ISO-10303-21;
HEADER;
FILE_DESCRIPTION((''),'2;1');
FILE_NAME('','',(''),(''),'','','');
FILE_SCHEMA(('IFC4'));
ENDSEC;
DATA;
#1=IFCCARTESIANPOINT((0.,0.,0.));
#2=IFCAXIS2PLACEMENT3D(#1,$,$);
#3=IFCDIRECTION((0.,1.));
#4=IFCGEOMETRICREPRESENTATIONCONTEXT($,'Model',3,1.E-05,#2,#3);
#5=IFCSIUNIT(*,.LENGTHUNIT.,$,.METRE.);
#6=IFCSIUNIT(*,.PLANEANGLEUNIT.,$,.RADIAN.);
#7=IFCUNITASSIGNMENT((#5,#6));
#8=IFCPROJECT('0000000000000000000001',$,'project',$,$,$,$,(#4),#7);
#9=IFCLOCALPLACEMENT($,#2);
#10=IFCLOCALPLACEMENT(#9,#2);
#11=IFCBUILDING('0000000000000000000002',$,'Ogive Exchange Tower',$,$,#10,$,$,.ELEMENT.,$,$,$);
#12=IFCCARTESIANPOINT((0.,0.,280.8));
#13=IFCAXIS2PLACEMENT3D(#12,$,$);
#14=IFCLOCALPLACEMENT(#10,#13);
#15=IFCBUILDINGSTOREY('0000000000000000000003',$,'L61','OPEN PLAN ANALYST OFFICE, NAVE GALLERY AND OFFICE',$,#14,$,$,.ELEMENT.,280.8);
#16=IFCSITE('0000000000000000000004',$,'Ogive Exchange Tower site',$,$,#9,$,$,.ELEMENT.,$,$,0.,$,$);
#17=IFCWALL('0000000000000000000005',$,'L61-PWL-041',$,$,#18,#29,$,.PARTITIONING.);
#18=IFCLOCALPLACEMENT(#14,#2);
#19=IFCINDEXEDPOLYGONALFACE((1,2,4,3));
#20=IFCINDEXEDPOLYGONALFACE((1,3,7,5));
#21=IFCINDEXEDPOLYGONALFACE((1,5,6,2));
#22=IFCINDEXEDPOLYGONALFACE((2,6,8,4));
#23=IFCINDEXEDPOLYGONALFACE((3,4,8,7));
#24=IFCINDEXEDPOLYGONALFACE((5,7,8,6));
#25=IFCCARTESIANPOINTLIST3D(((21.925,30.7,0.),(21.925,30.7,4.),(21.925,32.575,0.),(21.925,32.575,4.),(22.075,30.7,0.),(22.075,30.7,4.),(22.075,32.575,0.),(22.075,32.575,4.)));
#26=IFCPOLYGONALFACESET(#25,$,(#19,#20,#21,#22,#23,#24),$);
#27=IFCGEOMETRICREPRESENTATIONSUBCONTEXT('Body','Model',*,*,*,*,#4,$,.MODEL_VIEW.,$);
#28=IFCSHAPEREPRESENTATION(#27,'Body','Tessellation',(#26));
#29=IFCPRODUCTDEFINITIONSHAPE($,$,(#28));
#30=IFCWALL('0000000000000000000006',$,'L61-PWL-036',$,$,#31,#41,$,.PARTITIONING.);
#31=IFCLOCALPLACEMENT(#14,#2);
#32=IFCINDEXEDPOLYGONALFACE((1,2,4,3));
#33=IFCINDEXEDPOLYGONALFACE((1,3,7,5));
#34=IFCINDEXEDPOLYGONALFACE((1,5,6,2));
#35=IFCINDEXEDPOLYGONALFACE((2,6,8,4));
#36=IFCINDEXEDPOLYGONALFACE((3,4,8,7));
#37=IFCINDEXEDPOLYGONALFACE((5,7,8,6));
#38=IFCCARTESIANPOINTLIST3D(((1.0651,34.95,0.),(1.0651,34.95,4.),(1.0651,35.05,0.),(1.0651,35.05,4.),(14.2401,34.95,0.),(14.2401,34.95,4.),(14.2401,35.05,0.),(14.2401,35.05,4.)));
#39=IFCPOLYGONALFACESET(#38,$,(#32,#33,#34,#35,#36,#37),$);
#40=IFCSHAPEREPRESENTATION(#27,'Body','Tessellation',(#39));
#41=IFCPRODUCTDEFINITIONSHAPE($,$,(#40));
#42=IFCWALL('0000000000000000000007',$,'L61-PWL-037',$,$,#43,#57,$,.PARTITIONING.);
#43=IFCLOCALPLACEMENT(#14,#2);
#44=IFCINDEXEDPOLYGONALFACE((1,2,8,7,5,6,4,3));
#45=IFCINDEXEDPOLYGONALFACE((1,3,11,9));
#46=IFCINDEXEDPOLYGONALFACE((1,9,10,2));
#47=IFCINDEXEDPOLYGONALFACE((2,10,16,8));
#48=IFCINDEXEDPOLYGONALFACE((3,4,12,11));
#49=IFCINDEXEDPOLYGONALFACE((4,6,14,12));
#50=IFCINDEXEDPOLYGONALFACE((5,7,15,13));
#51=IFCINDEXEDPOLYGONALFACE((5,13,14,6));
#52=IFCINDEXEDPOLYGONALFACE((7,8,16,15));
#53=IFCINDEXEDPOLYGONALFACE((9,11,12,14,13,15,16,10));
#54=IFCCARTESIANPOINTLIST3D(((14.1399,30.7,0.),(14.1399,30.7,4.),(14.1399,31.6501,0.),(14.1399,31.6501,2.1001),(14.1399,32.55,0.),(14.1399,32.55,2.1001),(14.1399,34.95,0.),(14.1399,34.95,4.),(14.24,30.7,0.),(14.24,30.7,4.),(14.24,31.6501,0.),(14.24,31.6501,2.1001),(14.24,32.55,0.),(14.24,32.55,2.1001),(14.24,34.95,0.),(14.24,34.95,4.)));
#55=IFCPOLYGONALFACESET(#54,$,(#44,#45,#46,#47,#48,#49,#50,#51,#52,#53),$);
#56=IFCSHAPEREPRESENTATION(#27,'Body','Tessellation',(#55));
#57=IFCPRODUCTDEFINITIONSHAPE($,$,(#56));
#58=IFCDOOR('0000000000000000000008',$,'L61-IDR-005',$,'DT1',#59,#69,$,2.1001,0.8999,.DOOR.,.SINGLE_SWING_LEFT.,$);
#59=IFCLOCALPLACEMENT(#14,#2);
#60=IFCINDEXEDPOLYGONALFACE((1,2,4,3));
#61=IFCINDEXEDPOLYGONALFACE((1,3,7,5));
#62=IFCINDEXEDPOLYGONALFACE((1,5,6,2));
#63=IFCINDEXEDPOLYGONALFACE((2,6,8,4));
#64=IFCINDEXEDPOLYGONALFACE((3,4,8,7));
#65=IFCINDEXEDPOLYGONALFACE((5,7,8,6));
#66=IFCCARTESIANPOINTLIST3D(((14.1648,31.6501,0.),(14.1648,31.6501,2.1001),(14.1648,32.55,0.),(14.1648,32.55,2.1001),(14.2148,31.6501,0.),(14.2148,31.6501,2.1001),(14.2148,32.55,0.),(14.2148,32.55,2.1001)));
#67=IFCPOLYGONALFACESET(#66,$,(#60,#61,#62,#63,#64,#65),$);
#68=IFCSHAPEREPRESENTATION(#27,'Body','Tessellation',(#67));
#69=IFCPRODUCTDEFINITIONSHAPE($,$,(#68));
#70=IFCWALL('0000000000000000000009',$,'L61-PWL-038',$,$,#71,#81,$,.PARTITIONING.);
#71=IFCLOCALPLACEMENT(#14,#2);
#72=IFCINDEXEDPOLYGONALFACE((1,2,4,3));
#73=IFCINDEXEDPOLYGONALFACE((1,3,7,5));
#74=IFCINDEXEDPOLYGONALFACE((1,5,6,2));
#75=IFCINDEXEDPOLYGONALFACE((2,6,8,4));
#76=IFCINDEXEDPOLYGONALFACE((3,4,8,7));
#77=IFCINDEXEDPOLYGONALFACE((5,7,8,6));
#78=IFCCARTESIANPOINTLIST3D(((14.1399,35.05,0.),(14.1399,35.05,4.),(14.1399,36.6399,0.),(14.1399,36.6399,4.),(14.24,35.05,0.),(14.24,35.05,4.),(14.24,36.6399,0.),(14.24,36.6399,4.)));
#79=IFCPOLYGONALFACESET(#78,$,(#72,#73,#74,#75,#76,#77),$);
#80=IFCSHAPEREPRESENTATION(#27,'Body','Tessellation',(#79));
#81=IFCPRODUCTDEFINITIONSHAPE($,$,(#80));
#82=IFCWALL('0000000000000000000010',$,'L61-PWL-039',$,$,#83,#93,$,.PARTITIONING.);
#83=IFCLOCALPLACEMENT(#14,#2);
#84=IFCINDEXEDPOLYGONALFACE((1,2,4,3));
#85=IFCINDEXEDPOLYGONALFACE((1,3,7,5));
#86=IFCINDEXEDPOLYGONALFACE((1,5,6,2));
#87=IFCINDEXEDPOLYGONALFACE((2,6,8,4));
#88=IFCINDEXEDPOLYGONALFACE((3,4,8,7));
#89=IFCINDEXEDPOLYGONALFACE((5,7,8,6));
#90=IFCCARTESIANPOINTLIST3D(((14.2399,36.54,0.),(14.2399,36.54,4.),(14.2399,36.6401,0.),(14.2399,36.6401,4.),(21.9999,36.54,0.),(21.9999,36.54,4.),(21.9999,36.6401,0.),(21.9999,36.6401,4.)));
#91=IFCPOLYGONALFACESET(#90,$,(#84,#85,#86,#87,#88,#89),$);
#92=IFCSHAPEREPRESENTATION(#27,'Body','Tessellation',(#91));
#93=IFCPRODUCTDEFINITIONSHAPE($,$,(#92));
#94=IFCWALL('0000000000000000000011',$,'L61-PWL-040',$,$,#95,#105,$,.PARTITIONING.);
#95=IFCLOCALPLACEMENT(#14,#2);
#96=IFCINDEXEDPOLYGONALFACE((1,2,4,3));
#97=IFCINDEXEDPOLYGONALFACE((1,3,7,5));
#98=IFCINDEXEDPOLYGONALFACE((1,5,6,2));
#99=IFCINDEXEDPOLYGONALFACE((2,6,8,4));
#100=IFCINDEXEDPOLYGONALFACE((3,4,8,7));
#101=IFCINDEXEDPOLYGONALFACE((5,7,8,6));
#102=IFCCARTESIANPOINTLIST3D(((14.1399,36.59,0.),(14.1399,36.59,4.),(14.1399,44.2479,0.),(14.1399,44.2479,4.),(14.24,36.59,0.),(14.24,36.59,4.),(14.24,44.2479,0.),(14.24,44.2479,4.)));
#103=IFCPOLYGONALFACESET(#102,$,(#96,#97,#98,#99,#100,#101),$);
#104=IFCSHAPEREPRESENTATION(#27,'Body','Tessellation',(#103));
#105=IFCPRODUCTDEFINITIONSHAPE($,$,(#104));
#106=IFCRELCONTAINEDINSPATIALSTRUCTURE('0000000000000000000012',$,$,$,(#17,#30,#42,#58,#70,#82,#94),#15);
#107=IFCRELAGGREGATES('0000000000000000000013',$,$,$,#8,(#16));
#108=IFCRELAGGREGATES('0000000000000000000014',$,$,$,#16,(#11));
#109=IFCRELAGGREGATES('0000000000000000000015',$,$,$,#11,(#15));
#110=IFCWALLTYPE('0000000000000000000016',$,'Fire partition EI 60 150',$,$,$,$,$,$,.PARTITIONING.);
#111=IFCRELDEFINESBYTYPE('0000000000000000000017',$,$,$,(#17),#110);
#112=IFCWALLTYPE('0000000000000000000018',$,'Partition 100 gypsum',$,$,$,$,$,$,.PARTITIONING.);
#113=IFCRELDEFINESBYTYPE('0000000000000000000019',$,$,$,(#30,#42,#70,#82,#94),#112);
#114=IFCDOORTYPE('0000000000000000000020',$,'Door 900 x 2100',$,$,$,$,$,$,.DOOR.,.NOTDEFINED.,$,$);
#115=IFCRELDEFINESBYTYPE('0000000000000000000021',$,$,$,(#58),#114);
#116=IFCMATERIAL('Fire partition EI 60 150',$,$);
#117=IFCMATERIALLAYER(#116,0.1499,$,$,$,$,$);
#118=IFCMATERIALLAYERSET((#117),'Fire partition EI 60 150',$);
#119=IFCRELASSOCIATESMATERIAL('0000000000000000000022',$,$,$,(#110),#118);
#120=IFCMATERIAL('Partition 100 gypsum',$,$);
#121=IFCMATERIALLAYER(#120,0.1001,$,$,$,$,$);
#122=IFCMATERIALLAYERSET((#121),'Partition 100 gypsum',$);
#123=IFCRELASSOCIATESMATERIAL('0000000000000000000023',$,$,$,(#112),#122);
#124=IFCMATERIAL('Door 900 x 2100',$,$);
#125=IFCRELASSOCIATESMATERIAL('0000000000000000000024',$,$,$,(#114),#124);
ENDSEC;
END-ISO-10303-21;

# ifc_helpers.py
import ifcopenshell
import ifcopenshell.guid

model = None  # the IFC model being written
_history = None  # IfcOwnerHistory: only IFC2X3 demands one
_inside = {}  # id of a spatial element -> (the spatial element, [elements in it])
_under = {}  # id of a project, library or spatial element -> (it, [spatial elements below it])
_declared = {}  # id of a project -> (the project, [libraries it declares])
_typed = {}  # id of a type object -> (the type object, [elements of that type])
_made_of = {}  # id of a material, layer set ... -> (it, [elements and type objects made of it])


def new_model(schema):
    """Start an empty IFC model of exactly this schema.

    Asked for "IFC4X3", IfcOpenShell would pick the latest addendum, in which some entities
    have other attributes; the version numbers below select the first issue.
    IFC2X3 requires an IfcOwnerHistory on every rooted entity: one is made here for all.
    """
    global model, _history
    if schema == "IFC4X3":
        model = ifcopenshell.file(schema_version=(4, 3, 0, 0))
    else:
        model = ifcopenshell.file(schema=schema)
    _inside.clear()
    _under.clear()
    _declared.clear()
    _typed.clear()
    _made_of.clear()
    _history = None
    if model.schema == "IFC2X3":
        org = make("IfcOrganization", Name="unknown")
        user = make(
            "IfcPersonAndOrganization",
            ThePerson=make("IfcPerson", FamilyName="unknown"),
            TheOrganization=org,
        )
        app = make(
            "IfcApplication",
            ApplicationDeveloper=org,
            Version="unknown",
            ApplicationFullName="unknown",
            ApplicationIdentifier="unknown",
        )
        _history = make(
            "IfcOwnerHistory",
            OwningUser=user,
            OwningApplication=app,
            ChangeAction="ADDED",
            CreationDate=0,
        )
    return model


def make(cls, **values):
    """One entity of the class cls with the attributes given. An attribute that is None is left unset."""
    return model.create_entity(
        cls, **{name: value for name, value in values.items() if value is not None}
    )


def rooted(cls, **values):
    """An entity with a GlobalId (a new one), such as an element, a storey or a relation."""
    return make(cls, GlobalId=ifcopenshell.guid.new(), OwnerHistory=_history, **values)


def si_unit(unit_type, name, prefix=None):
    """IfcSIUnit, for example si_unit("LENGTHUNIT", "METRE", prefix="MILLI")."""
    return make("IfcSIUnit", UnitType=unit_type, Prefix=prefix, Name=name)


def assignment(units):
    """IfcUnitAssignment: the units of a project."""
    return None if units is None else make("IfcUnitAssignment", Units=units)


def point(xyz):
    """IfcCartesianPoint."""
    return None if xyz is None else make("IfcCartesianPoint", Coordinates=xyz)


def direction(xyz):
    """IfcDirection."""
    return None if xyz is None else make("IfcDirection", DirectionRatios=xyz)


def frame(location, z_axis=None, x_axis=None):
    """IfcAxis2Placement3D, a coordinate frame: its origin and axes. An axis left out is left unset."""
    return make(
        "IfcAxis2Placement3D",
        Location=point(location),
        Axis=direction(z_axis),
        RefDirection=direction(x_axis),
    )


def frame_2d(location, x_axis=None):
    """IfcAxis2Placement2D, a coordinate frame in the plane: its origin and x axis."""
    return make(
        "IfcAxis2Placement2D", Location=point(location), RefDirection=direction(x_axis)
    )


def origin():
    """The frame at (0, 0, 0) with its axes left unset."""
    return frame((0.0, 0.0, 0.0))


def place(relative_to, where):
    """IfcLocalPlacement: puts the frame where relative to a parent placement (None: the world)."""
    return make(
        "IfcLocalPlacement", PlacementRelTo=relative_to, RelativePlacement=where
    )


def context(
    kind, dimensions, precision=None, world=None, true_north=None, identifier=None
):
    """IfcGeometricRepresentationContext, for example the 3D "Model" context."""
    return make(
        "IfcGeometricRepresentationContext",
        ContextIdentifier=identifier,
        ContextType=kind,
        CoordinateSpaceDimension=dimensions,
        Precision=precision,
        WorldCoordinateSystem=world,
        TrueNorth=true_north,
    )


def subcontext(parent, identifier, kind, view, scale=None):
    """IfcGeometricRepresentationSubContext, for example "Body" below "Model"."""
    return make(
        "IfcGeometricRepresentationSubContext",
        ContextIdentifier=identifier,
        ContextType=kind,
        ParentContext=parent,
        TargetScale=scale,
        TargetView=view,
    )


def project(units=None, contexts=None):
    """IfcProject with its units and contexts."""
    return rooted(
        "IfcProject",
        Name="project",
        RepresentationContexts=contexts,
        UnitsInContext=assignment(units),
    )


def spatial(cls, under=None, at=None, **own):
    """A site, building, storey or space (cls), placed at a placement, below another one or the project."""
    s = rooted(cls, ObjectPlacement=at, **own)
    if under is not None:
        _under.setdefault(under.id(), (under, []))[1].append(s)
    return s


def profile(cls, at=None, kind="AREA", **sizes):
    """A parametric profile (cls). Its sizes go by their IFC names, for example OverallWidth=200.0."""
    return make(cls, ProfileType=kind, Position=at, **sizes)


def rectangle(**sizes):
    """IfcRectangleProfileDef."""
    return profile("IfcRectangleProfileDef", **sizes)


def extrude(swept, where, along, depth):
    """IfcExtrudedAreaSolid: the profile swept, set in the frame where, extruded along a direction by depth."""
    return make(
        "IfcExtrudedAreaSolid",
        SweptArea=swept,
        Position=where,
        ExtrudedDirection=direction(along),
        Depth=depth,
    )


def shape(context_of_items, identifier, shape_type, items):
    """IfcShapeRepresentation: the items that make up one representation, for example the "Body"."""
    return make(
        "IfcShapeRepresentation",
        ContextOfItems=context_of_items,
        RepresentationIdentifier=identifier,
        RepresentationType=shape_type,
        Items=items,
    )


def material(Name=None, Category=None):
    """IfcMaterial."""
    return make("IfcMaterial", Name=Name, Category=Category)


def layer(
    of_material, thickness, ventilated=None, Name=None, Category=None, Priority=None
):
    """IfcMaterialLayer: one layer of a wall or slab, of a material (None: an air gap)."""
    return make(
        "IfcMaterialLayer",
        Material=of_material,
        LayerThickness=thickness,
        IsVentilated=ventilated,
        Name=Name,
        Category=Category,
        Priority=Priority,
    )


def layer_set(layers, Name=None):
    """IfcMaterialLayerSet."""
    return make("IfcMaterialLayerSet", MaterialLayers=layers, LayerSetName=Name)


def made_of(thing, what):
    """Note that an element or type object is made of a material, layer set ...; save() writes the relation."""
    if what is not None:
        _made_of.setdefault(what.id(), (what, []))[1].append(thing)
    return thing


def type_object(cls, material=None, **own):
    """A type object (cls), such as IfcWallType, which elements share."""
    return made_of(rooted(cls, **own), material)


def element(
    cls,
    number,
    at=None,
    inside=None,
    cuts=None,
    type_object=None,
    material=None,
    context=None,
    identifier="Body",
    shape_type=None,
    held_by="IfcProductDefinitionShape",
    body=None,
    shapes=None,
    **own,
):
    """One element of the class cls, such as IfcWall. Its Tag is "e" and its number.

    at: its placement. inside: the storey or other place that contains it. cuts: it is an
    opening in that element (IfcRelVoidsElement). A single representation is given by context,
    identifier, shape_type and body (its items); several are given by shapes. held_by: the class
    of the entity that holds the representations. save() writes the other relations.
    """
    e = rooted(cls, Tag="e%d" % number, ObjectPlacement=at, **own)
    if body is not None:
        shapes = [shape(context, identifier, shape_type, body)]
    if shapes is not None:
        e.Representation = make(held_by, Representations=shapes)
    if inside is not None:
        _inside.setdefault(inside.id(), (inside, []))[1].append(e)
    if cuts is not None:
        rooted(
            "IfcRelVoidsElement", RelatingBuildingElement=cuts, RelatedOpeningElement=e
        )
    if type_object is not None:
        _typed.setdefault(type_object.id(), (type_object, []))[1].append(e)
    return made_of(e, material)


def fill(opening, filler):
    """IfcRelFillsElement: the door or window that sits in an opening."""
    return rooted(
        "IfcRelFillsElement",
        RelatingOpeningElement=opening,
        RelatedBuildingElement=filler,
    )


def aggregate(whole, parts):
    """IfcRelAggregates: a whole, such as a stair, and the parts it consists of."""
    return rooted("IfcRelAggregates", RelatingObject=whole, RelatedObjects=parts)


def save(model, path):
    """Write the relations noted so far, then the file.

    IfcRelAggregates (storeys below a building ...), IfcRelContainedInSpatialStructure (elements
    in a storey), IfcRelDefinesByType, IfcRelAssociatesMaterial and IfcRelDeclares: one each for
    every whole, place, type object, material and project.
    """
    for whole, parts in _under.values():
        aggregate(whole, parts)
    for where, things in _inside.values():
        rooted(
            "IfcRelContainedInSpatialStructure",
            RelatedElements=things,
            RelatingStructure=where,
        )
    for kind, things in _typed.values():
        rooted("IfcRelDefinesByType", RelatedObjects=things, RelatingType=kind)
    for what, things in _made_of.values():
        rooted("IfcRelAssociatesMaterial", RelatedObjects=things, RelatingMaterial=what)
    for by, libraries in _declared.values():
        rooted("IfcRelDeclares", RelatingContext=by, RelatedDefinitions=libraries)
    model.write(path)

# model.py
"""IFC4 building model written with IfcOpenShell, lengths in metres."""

from ifc_helpers import new_model, si_unit, direction, frame, frame_2d, origin, place, context, subcontext, project, spatial, rectangle, extrude, material, layer, layer_set, type_object, element, fill, save


model = new_model("IFC4")

# Units and contexts
model_context = context("Model", 3, precision=1e-05, world=origin(), true_north=direction((0.0, 1.0)))
body_context = subcontext(model_context, "Body", "Model", "MODEL_VIEW")
ifc_project = project(units=[si_unit("LENGTHUNIT", "METRE"), si_unit("PLANEANGLEUNIT", "RADIAN")], contexts=[model_context])

# Site, building, storey
site_placement = place(None, origin())
site = spatial("IfcSite", under=ifc_project, at=site_placement, Name="Ogive Exchange Tower site", CompositionType="ELEMENT", RefElevation=0.0)
building_placement = place(site_placement, origin())
building = spatial("IfcBuilding", under=site, at=building_placement, Name="Ogive Exchange Tower", CompositionType="ELEMENT")
storey_placement = place(building_placement, frame((0.0, 0.0, 280.8)))
storey = spatial("IfcBuildingStorey", under=building, at=storey_placement, Name="L61", Description="OPEN PLAN ANALYST OFFICE, NAVE GALLERY AND OFFICE", CompositionType="ELEMENT", Elevation=280.8)

# Shared definitions
ifc_material_1 = material(Name="Fire partition EI 60 150")
ifc_layer_1 = layer(ifc_material_1, 0.1499)
ifc_layer_set_1 = layer_set([ifc_layer_1], Name="Fire partition EI 60 150")
wall_type_1 = type_object("IfcWallType", Name="Fire partition EI 60 150", PredefinedType="PARTITIONING", material=ifc_layer_set_1)

# Walls
wall_1_placement = place(storey_placement, frame((22.0, 30.7, 0.0), z_axis=(0.0, 0.0, 1.0), x_axis=(0.0, 1.0, 0.0)))
element("IfcWall", 1, at=wall_1_placement, inside=storey, type_object=wall_type_1, Name="L61-PWL-041", PredefinedType="PARTITIONING", context=body_context, shape_type="SweptSolid", body=[
    extrude(rectangle(XDim=1.875, YDim=0.1499, at=frame_2d((0.9375, 0.0))), origin(), (0.0, 0.0, 1.0), 4.0),
])
ifc_material_2 = material(Name="Partition 100 gypsum")
ifc_layer_2 = layer(ifc_material_2, 0.1001)
ifc_layer_set_2 = layer_set([ifc_layer_2], Name="Partition 100 gypsum")
wall_type_2 = type_object("IfcWallType", Name="Partition 100 gypsum", PredefinedType="PARTITIONING", material=ifc_layer_set_2)
wall_2_placement = place(storey_placement, frame((14.24, 35.0, 0.0), z_axis=(0.0, 0.0, 1.0), x_axis=(-1.0, 0.0, 0.0)))
element("IfcWall", 2, at=wall_2_placement, inside=storey, type_object=wall_type_2, Name="L61-PWL-036", PredefinedType="PARTITIONING", context=body_context, shape_type="SweptSolid", body=[
    extrude(rectangle(XDim=13.175, YDim=0.1001, at=frame_2d((6.5874, 0.0))), origin(), (0.0, 0.0, 1.0), 4.0),
])

# Wall, opening, door
wall_3_placement = place(storey_placement, frame((14.1899, 34.95, 0.0), z_axis=(0.0, 0.0, 1.0), x_axis=(0.0, -1.0, 0.0)))
wall_3 = element("IfcWall", 3, at=wall_3_placement, inside=storey, type_object=wall_type_2, Name="L61-PWL-037", PredefinedType="PARTITIONING", context=body_context, shape_type="SweptSolid", body=[
    extrude(rectangle(XDim=4.25, YDim=0.1001, at=frame_2d((2.125, 0.0))), origin(), (0.0, 0.0, 1.0), 4.0),
])
opening_1_placement = place(wall_3_placement, frame((2.3999, 0.0, 0.0)))
opening_1 = element("IfcOpeningElement", 4, at=opening_1_placement, cuts=wall_3, PredefinedType="OPENING", context=body_context, shape_type="SweptSolid", body=[
    extrude(rectangle(XDim=0.8999, YDim=2.1001, at=frame_2d((0.45, 1.05))), frame((0.0, 0.0601, 0.0), z_axis=(0.0, -1.0, 0.0), x_axis=(1.0, 0.0, 0.0)), (0.0, 0.0, 1.0), 0.1201),
])
ifc_material_3 = material(Name="Door 900 x 2100")
door_type_1 = type_object("IfcDoorType", Name="Door 900 x 2100", OperationType="NOTDEFINED", PredefinedType="DOOR", material=ifc_material_3)
door_1_placement = place(opening_1_placement, origin())
door_1 = element("IfcDoor", 5, at=door_1_placement, inside=storey, type_object=door_type_1, Name="L61-IDR-005", ObjectType="DT1", OperationType="SINGLE_SWING_LEFT", OverallHeight=2.1001, OverallWidth=0.8999, PredefinedType="DOOR", context=body_context, shape_type="SweptSolid", body=[
    extrude(rectangle(XDim=0.8999, YDim=2.1001, at=frame_2d((0.45, 1.05))), frame((0.0, 0.0249, 0.0), z_axis=(0.0, -1.0, 0.0), x_axis=(1.0, 0.0, 0.0)), (0.0, 0.0, 1.0), 0.05),
])
fill(opening_1, door_1)

# Walls
wall_4_placement = place(storey_placement, frame((14.1899, 36.6399, 0.0), z_axis=(0.0, 0.0, 1.0), x_axis=(0.0, -1.0, 0.0)))
element("IfcWall", 6, at=wall_4_placement, inside=storey, type_object=wall_type_2, Name="L61-PWL-038", PredefinedType="PARTITIONING", context=body_context, shape_type="SweptSolid", body=[
    extrude(rectangle(XDim=1.5898, YDim=0.1001, at=frame_2d((0.7949, 0.0))), origin(), (0.0, 0.0, 1.0), 4.0),
])
wall_5_placement = place(storey_placement, frame((14.24, 36.5901, 0.0), z_axis=(0.0, 0.0, 1.0), x_axis=(1.0, 0.0, 0.0)))
element("IfcWall", 7, at=wall_5_placement, inside=storey, type_object=wall_type_2, Name="L61-PWL-039", PredefinedType="PARTITIONING", context=body_context, shape_type="SweptSolid", body=[
    extrude(rectangle(XDim=7.76, YDim=0.1001, at=frame_2d((3.8799, 0.0))), origin(), (0.0, 0.0, 1.0), 4.0),
])
wall_6_placement = place(storey_placement, frame((14.1899, 44.248, 0.0), z_axis=(0.0, 0.0, 1.0), x_axis=(0.0, -1.0, 0.0)))
element("IfcWall", 8, at=wall_6_placement, inside=storey, type_object=wall_type_2, Name="L61-PWL-040", PredefinedType="PARTITIONING", context=body_context, shape_type="SweptSolid", body=[
    extrude(rectangle(XDim=7.658, YDim=0.1001, at=frame_2d((3.8291, 0.0))), origin(), (0.0, 0.0, 1.0), 4.0),
])

save(model, "model.ifc")
